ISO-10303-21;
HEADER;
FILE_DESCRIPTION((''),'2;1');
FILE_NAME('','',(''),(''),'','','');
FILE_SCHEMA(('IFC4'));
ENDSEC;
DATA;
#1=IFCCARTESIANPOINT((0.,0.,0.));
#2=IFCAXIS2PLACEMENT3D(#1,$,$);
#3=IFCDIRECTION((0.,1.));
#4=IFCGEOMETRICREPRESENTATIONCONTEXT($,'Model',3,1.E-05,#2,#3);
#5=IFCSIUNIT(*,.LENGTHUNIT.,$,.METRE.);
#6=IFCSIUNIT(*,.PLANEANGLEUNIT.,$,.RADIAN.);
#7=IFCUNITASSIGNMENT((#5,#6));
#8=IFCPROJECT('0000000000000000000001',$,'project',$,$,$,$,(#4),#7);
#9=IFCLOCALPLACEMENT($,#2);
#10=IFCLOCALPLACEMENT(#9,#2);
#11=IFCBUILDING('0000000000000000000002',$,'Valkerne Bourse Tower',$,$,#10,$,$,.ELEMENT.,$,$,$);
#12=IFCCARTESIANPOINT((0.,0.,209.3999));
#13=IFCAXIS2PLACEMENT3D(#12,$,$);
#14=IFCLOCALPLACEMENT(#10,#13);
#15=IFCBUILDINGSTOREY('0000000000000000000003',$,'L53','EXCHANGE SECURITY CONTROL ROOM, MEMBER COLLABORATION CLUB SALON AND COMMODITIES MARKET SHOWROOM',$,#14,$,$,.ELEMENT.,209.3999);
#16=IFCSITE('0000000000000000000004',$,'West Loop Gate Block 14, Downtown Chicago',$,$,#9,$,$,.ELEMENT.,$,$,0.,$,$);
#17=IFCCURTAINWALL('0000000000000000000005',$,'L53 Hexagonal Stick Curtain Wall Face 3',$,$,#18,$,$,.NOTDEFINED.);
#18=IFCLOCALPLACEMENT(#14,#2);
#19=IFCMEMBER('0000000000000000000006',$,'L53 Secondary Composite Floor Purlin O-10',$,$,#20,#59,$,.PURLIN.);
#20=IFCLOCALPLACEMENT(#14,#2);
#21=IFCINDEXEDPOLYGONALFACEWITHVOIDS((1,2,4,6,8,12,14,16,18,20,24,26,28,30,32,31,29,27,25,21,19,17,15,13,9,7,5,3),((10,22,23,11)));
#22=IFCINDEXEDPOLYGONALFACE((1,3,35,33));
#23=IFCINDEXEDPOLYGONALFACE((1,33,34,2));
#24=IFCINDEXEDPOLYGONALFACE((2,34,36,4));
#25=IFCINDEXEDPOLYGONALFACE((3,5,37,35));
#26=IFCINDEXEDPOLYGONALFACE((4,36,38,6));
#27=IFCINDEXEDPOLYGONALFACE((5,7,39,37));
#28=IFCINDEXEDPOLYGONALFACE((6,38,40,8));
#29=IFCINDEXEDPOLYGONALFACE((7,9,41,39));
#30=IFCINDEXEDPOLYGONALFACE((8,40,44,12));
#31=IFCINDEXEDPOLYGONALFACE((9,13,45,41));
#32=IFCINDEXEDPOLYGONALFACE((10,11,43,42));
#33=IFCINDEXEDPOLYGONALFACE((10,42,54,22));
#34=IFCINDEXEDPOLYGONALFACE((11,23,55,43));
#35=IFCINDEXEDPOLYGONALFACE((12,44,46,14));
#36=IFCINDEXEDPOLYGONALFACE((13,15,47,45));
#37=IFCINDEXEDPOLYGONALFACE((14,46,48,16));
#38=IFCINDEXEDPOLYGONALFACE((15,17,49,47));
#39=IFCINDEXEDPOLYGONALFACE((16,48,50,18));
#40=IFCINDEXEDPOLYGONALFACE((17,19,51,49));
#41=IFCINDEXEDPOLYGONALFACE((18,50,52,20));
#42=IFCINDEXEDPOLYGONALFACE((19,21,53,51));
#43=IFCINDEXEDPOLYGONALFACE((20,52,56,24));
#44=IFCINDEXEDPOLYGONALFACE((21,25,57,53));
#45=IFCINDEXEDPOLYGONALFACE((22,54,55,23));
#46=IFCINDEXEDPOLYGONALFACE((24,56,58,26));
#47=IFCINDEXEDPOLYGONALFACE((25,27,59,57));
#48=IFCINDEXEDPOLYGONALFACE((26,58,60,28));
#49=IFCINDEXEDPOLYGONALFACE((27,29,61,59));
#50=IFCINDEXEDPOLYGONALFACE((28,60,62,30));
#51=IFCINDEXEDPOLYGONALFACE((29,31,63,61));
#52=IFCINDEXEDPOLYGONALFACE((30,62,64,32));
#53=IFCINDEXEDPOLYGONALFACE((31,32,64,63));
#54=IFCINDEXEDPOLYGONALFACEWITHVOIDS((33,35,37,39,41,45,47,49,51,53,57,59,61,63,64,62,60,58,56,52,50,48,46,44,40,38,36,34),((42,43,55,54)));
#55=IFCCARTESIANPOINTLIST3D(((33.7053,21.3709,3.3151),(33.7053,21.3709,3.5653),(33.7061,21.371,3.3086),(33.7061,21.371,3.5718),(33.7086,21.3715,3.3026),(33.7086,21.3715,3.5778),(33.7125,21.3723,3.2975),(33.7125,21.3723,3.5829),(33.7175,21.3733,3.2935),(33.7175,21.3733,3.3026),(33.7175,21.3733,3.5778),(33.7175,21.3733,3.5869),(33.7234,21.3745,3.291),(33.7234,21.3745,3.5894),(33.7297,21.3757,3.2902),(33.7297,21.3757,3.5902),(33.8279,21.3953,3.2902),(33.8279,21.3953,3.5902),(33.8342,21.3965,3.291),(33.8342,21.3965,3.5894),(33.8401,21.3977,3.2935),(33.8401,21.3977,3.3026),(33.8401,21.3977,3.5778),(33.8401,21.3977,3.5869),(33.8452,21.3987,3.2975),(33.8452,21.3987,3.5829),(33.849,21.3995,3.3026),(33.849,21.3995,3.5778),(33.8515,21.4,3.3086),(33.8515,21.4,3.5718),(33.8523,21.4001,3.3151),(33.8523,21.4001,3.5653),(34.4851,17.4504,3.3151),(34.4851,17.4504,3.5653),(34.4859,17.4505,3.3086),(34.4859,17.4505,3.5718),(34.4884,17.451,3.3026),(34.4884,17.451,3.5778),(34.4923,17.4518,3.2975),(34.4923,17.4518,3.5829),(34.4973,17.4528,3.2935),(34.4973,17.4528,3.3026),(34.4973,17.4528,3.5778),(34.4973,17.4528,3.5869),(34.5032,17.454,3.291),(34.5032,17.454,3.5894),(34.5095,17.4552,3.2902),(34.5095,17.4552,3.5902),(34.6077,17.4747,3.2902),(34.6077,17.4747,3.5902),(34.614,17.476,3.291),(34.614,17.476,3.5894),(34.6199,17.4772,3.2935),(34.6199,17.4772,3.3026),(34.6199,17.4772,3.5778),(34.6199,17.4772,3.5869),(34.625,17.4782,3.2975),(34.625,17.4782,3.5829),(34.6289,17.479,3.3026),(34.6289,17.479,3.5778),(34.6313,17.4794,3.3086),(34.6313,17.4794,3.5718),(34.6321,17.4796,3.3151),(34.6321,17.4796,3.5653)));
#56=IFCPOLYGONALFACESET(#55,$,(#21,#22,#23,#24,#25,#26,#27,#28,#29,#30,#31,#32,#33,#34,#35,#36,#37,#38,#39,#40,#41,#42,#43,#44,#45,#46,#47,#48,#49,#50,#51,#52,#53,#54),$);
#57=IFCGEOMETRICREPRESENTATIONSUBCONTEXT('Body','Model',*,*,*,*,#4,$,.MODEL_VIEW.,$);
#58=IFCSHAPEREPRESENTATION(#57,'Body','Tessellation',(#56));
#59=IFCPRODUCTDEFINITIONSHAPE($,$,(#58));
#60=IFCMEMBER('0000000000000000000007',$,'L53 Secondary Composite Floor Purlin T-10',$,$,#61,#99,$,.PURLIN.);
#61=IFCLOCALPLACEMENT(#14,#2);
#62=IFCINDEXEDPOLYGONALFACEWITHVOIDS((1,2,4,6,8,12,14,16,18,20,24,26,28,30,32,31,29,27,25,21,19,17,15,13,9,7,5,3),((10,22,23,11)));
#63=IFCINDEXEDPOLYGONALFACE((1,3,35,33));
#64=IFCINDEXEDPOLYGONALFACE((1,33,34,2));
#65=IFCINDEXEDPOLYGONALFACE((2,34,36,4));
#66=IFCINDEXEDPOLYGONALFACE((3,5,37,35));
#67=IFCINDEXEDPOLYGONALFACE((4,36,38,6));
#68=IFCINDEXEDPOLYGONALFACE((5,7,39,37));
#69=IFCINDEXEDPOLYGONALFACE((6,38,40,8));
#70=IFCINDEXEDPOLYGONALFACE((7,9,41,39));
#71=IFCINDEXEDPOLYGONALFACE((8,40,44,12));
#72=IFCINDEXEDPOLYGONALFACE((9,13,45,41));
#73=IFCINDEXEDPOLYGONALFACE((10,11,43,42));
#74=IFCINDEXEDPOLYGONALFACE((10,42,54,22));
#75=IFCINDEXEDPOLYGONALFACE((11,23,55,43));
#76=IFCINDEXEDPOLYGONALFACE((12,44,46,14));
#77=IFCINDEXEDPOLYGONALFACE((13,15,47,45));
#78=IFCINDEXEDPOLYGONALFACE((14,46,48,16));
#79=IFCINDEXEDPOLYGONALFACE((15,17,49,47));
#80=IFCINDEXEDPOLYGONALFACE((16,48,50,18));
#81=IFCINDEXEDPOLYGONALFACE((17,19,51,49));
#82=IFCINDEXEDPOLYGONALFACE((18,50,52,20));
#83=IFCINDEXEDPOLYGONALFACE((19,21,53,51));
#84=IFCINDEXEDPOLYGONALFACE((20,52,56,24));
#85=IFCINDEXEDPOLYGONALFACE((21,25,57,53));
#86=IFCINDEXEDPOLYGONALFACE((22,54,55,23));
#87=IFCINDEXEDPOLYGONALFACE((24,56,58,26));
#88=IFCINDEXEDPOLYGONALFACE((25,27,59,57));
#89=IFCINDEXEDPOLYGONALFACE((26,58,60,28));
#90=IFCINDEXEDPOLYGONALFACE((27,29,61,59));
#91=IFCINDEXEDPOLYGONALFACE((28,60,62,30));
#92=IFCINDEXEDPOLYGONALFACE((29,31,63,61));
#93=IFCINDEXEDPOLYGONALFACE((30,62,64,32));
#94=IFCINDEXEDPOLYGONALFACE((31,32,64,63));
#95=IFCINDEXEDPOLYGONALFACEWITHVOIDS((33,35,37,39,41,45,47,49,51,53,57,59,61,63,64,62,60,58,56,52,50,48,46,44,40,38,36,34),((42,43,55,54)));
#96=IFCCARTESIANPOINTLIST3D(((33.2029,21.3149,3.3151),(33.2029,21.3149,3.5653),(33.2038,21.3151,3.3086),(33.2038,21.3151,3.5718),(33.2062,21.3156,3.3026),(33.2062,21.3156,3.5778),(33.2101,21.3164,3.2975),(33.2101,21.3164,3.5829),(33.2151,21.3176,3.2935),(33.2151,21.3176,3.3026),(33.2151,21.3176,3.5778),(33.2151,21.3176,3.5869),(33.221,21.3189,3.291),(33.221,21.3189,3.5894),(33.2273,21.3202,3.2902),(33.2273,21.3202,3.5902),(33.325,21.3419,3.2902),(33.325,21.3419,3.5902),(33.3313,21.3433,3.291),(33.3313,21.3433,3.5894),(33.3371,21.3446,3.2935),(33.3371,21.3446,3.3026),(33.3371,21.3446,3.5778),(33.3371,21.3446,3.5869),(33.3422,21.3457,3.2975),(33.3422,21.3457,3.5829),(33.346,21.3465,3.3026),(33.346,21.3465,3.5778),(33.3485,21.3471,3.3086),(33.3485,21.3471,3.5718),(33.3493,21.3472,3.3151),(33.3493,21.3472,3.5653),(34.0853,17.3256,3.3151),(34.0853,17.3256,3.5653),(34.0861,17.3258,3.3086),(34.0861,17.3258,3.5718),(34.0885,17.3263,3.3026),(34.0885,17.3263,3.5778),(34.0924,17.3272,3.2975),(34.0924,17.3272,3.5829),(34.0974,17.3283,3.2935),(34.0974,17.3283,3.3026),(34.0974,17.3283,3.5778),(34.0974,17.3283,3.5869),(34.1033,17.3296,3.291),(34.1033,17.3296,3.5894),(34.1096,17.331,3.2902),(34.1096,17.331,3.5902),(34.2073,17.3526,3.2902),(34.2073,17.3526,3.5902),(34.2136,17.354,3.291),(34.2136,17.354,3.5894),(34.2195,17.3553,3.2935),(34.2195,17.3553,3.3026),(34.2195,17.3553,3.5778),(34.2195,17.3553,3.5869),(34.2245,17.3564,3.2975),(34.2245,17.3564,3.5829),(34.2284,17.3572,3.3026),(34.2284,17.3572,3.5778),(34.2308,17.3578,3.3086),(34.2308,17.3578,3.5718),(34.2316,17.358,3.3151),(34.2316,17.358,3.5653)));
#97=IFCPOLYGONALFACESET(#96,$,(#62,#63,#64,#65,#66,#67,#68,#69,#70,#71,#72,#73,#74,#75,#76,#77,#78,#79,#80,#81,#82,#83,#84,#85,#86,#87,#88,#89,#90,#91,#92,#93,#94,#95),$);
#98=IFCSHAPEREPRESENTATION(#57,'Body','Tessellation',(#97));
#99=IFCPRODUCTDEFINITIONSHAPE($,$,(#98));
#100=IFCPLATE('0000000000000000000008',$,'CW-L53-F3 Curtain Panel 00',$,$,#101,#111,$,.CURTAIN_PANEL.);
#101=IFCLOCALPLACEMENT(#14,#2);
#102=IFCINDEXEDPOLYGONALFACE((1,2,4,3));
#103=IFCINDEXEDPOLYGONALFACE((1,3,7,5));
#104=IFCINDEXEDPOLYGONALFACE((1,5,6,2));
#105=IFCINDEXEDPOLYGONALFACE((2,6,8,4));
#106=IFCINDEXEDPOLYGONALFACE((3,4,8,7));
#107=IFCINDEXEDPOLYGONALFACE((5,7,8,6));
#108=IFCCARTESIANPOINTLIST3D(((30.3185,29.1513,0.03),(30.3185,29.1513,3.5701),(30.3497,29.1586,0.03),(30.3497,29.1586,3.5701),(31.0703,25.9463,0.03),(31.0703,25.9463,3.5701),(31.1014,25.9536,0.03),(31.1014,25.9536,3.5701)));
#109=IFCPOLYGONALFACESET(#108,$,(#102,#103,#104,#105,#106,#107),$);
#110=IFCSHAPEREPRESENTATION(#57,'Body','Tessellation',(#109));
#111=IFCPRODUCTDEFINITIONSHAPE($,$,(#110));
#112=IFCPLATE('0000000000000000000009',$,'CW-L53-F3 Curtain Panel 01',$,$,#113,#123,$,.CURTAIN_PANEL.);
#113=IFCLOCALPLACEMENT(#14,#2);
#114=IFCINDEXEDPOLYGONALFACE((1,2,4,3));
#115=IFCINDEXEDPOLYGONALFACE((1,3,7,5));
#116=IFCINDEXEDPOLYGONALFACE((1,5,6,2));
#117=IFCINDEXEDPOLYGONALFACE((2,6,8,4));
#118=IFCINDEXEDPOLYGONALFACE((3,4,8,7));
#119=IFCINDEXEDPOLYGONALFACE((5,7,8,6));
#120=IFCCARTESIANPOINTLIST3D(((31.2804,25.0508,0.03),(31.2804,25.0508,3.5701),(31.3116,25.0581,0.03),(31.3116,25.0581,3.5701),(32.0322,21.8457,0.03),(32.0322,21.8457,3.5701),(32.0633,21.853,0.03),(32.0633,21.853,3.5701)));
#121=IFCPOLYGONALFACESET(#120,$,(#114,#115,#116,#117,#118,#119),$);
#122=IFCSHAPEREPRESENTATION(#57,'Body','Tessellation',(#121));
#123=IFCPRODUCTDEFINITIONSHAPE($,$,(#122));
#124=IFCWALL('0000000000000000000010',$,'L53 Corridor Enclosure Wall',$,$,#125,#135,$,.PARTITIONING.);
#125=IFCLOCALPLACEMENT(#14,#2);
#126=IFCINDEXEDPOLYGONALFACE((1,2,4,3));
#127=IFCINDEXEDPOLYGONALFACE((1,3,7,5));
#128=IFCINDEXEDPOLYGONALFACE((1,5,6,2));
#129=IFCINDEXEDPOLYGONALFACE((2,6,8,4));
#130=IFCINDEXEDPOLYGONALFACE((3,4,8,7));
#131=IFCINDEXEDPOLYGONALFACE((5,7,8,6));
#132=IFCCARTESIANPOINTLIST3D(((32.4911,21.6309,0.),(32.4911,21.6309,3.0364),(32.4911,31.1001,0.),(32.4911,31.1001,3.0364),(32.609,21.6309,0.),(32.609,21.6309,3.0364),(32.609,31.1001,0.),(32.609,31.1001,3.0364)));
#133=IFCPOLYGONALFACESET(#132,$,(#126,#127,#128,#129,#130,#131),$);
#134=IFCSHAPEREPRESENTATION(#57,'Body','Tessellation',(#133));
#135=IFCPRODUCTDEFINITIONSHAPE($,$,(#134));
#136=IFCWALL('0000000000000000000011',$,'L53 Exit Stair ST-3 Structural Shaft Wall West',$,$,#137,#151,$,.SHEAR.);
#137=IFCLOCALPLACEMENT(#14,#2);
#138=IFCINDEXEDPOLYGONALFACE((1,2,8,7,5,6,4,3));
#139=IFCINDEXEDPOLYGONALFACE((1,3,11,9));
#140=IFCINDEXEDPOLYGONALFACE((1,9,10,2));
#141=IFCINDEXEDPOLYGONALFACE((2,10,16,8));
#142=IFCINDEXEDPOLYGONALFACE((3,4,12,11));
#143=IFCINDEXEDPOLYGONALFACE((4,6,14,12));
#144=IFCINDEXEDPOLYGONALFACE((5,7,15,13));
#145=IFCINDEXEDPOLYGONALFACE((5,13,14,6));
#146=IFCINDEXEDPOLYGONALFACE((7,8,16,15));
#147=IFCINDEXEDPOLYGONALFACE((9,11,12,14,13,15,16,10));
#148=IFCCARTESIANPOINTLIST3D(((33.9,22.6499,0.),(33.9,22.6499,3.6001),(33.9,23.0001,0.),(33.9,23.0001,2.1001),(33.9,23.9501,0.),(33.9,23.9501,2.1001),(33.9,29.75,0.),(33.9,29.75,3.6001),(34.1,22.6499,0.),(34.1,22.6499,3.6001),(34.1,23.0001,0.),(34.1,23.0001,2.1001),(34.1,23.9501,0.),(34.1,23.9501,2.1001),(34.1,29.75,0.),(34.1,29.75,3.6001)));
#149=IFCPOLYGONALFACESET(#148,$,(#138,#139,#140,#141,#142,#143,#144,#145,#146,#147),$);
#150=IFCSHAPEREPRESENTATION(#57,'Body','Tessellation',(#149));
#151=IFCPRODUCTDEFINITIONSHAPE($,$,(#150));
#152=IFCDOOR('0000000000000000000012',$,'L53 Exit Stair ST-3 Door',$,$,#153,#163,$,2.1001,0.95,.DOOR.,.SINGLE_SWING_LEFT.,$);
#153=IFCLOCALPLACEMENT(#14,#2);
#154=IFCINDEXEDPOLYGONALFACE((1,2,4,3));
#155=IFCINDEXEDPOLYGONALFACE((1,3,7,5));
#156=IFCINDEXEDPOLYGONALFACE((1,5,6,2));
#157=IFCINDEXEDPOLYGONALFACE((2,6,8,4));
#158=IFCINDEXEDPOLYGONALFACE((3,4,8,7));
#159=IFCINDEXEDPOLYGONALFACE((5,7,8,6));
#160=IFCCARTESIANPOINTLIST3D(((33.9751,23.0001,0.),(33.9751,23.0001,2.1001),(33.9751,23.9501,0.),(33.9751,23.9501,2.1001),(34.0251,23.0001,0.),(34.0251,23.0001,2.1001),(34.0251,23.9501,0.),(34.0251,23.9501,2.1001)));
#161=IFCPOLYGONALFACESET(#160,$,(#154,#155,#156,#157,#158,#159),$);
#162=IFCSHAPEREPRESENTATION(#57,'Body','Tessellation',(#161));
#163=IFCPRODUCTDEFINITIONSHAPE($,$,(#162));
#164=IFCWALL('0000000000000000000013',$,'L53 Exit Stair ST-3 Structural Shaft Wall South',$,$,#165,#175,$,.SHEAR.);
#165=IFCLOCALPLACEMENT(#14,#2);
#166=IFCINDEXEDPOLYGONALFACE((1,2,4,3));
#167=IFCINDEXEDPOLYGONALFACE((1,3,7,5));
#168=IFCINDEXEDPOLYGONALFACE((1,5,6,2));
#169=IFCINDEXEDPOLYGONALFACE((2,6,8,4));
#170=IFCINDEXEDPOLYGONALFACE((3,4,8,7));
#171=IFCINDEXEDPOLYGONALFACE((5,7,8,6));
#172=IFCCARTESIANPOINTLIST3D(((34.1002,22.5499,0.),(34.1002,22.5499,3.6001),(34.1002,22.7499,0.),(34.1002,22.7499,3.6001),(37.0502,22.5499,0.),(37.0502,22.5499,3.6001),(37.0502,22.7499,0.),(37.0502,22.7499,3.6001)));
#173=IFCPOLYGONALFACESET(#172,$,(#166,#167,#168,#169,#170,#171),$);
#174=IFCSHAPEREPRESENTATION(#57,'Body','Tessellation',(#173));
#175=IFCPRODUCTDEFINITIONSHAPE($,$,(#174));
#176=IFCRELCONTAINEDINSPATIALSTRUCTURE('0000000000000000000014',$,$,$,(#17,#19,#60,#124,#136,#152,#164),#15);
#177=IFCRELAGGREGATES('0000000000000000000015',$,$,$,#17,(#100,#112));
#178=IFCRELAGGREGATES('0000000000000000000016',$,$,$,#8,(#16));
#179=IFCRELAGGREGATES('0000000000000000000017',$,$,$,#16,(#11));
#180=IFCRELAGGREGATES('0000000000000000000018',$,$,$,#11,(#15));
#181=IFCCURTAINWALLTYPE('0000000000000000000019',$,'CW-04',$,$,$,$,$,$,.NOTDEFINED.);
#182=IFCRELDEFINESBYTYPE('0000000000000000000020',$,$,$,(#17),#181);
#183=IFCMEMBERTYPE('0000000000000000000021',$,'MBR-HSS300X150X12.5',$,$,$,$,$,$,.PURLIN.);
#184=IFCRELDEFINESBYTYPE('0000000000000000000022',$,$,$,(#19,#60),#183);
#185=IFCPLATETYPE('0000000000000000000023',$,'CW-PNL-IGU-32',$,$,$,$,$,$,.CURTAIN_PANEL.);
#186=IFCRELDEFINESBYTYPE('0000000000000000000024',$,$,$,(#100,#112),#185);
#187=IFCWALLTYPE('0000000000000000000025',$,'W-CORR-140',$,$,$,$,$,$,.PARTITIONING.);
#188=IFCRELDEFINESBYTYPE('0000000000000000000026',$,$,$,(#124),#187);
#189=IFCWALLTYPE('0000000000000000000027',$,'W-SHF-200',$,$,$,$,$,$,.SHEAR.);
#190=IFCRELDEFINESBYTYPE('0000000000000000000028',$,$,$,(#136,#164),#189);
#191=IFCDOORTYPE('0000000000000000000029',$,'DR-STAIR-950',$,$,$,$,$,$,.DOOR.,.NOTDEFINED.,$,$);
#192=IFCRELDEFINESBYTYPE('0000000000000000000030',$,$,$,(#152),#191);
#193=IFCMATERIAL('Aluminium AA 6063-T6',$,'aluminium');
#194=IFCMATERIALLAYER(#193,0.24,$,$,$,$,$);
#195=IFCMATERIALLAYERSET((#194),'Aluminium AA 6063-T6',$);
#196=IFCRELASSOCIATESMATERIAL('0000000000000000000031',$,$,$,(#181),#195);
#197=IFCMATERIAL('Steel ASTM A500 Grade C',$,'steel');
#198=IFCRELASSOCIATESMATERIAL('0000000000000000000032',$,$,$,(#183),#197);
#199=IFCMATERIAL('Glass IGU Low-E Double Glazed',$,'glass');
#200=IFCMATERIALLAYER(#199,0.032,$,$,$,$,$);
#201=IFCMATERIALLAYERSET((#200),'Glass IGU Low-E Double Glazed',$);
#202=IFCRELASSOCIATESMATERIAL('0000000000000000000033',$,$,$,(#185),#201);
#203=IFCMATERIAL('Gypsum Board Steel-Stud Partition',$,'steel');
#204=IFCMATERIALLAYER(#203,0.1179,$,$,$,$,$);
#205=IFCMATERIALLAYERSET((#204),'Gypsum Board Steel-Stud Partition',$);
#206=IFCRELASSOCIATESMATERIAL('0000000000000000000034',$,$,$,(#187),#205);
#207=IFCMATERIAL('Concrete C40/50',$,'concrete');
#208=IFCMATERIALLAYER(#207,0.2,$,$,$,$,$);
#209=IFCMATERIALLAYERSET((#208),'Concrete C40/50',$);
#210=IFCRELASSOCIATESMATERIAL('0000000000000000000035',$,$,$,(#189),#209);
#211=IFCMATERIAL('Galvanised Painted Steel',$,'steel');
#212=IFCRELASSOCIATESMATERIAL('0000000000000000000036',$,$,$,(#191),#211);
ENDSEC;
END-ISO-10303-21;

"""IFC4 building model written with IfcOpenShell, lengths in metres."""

from ifc_helpers import new_model, si_unit, direction, frame, frame_2d, origin, origin_2d, place, context, subcontext, project, spatial, rectangle, hollow_rectangle, extrude, material, layer, layer_set, material_profile, profile_set, type_object, element, fill, aggregate, save


model = new_model("IFC4")

# Units and contexts
model_context = context("Model", 3, precision=1e-05, world=origin(), true_north=direction((0.0, 1.0)))
body_context = subcontext(model_context, "Body", "Model", "MODEL_VIEW")
ifc_project = project(units=[si_unit("LENGTHUNIT", "METRE"), si_unit("PLANEANGLEUNIT", "RADIAN")], contexts=[model_context])

# Site, building, storey
site_placement = place(None, origin())
site = spatial("IfcSite", under=ifc_project, at=site_placement, Name="West Loop Gate Block 14, Downtown Chicago", CompositionType="ELEMENT", RefElevation=0.0)
building_placement = place(site_placement, origin())
building = spatial("IfcBuilding", under=site, at=building_placement, Name="Valkerne Bourse Tower", CompositionType="ELEMENT")
storey_placement = place(building_placement, frame((0.0, 0.0, 209.3999)))
storey = spatial("IfcBuildingStorey", under=building, at=storey_placement, Name="L53", Description="EXCHANGE SECURITY CONTROL ROOM, MEMBER COLLABORATION CLUB SALON AND COMMODITIES MARKET SHOWROOM", CompositionType="ELEMENT", Elevation=209.3999)

# Curtain wall
ifc_material_1 = material(Name="Aluminium AA 6063-T6", Category="aluminium")
ifc_layer_1 = layer(ifc_material_1, 0.24)
ifc_layer_set_1 = layer_set([ifc_layer_1], Name="Aluminium AA 6063-T6")
curtain_wall_type = type_object("IfcCurtainWallType", Name="CW-04", PredefinedType="NOTDEFINED", material=ifc_layer_set_1)
curtain_wall_placement = place(storey_placement, origin())
curtain_wall = element("IfcCurtainWall", 1, at=curtain_wall_placement, inside=storey, type_object=curtain_wall_type, Name="L53 Hexagonal Stick Curtain Wall Face 3", PredefinedType="NOTDEFINED")

# Members
ifc_material_2 = material(Name="Steel ASTM A500 Grade C", Category="steel")
ifc_material_profile_1 = material_profile(ifc_material_2, hollow_rectangle(XDim=0.1499, YDim=0.3, WallThickness=0.0125, OuterFilletRadius=0.0249, at=origin_2d()), Name="HSS300X150X12.5")
ifc_profile_set_1 = profile_set([ifc_material_profile_1], Name="Steel ASTM A500 Grade C")
member_type_1 = type_object("IfcMemberType", Name="MBR-HSS300X150X12.5", PredefinedType="PURLIN", material=ifc_profile_set_1)
member_1_placement = place(storey_placement, frame((33.7788, 21.3855, 3.4402), z_axis=(0.195082, -0.980787, 0.0), x_axis=(0.980787, 0.195082, 0.0)))
element("IfcMember", 2, at=member_1_placement, inside=storey, type_object=member_type_1, Name="L53 Secondary Composite Floor Purlin O-10", PredefinedType="PURLIN", context=body_context, shape_type="SweptSolid", body=[
    extrude(hollow_rectangle(XDim=0.1499, YDim=0.3, WallThickness=0.0125, OuterFilletRadius=0.0249, at=origin_2d()), origin(), (0.0, 0.0, 1.0), 3.9973),
])
member_2_placement = place(storey_placement, frame((33.2761, 21.3311, 3.4402), z_axis=(0.215956, -0.976403, 0.0), x_axis=(0.976403, 0.215956, 0.0)))
element("IfcMember", 3, at=member_2_placement, inside=storey, type_object=member_type_1, Name="L53 Secondary Composite Floor Purlin T-10", PredefinedType="PURLIN", context=body_context, shape_type="SweptSolid", body=[
    extrude(hollow_rectangle(XDim=0.1499, YDim=0.3, WallThickness=0.0125, OuterFilletRadius=0.0249, at=origin_2d()), origin(), (0.0, 0.0, 1.0), 4.0857),
])

# Plates
ifc_material_3 = material(Name="Glass IGU Low-E Double Glazed", Category="glass")
ifc_layer_2 = layer(ifc_material_3, 0.032)
ifc_layer_set_2 = layer_set([ifc_layer_2], Name="Glass IGU Low-E Double Glazed")
plate_type = type_object("IfcPlateType", Name="CW-PNL-IGU-32", PredefinedType="CURTAIN_PANEL", material=ifc_layer_set_2)
plate_1_placement = place(storey_placement, frame((30.71, 27.5525, 0.03), z_axis=(0.0, 0.0, 1.0), x_axis=(0.228349, -0.973579, 0.0)))
plate_1 = element("IfcPlate", 4, at=plate_1_placement, type_object=plate_type, Name="CW-L53-F3 Curtain Panel 00", PredefinedType="CURTAIN_PANEL", context=body_context, shape_type="SweptSolid", body=[
    extrude(rectangle(XDim=3.292, YDim=0.032, at=origin_2d()), origin(), (0.0, 0.0, 1.0), 3.54),
])
plate_2_placement = place(storey_placement, frame((31.6719, 23.4519, 0.03), z_axis=(0.0, 0.0, 1.0), x_axis=(0.228349, -0.973579, 0.0)))
plate_2 = element("IfcPlate", 5, at=plate_2_placement, type_object=plate_type, Name="CW-L53-F3 Curtain Panel 01", PredefinedType="CURTAIN_PANEL", context=body_context, shape_type="SweptSolid", body=[
    extrude(rectangle(XDim=3.292, YDim=0.032, at=origin_2d()), origin(), (0.0, 0.0, 1.0), 3.54),
])
aggregate(curtain_wall, [plate_1, plate_2])

# Wall
ifc_material_4 = material(Name="Gypsum Board Steel-Stud Partition", Category="steel")
ifc_layer_3 = layer(ifc_material_4, 0.1179)
ifc_layer_set_3 = layer_set([ifc_layer_3], Name="Gypsum Board Steel-Stud Partition")
wall_type_1 = type_object("IfcWallType", Name="W-CORR-140", PredefinedType="PARTITIONING", material=ifc_layer_set_3)
wall_1_placement = place(storey_placement, frame((32.55, 21.6309, 0.0), z_axis=(0.0, 0.0, 1.0), x_axis=(0.0, 1.0, 0.0)))
element("IfcWall", 6, at=wall_1_placement, inside=storey, type_object=wall_type_1, Name="L53 Corridor Enclosure Wall", PredefinedType="PARTITIONING", context=body_context, shape_type="SweptSolid", body=[
    extrude(rectangle(XDim=9.4692, YDim=0.1179, at=frame_2d((4.7346, 0.0))), origin(), (0.0, 0.0, 1.0), 3.0364),
])

# Wall, opening, door
ifc_material_5 = material(Name="Concrete C40/50", Category="concrete")
ifc_layer_4 = layer(ifc_material_5, 0.2)
ifc_layer_set_4 = layer_set([ifc_layer_4], Name="Concrete C40/50")
wall_type_2 = type_object("IfcWallType", Name="W-SHF-200", PredefinedType="SHEAR", material=ifc_layer_set_4)
wall_2_placement = place(storey_placement, frame((34.0, 22.6499, 0.0), z_axis=(0.0, 0.0, 1.0), x_axis=(0.0, 1.0, 0.0)))
wall_2 = element("IfcWall", 7, at=wall_2_placement, inside=storey, type_object=wall_type_2, Name="L53 Exit Stair ST-3 Structural Shaft Wall West", PredefinedType="SHEAR", context=body_context, shape_type="SweptSolid", body=[
    extrude(rectangle(XDim=7.1001, YDim=0.2, at=frame_2d((3.55, 0.0))), origin(), (0.0, 0.0, 1.0), 3.6001),
])
opening_placement = place(wall_2_placement, frame((0.3501, 0.0, 0.0)))
opening = element("IfcOpeningElement", 8, at=opening_placement, cuts=wall_2, PredefinedType="OPENING", context=body_context, shape_type="SweptSolid", body=[
    extrude(rectangle(XDim=0.95, YDim=2.1001, at=frame_2d((0.4751, 1.05))), frame((0.0, 0.1099, 0.0), z_axis=(0.0, -1.0, 0.0), x_axis=(1.0, 0.0, 0.0)), (0.0, 0.0, 1.0), 0.22),
])
ifc_material_6 = material(Name="Galvanised Painted Steel", Category="steel")
door_type = type_object("IfcDoorType", Name="DR-STAIR-950", OperationType="NOTDEFINED", PredefinedType="DOOR", material=ifc_material_6)
door_placement = place(opening_placement, origin())
door = element("IfcDoor", 9, at=door_placement, inside=storey, type_object=door_type, Name="L53 Exit Stair ST-3 Door", OperationType="SINGLE_SWING_LEFT", OverallHeight=2.1001, OverallWidth=0.95, PredefinedType="DOOR", context=body_context, shape_type="SweptSolid", body=[
    extrude(rectangle(XDim=0.95, YDim=2.1001, at=frame_2d((0.4751, 1.05))), frame((0.0, 0.0249, 0.0), z_axis=(0.0, -1.0, 0.0), x_axis=(1.0, 0.0, 0.0)), (0.0, 0.0, 1.0), 0.05),
])
fill(opening, door)

# Wall
wall_3_placement = place(storey_placement, frame((34.1001, 22.6499, 0.0), z_axis=(0.0, 0.0, 1.0), x_axis=(1.0, 0.0, 0.0)))
element("IfcWall", 10, at=wall_3_placement, inside=storey, type_object=wall_type_2, Name="L53 Exit Stair ST-3 Structural Shaft Wall South", PredefinedType="SHEAR", context=body_context, shape_type="SweptSolid", body=[
    extrude(rectangle(XDim=2.95, YDim=0.2, at=frame_2d((1.4751, 0.0))), origin(), (0.0, 0.0, 1.0), 3.6001),
])

save(model, "model.ifc")
